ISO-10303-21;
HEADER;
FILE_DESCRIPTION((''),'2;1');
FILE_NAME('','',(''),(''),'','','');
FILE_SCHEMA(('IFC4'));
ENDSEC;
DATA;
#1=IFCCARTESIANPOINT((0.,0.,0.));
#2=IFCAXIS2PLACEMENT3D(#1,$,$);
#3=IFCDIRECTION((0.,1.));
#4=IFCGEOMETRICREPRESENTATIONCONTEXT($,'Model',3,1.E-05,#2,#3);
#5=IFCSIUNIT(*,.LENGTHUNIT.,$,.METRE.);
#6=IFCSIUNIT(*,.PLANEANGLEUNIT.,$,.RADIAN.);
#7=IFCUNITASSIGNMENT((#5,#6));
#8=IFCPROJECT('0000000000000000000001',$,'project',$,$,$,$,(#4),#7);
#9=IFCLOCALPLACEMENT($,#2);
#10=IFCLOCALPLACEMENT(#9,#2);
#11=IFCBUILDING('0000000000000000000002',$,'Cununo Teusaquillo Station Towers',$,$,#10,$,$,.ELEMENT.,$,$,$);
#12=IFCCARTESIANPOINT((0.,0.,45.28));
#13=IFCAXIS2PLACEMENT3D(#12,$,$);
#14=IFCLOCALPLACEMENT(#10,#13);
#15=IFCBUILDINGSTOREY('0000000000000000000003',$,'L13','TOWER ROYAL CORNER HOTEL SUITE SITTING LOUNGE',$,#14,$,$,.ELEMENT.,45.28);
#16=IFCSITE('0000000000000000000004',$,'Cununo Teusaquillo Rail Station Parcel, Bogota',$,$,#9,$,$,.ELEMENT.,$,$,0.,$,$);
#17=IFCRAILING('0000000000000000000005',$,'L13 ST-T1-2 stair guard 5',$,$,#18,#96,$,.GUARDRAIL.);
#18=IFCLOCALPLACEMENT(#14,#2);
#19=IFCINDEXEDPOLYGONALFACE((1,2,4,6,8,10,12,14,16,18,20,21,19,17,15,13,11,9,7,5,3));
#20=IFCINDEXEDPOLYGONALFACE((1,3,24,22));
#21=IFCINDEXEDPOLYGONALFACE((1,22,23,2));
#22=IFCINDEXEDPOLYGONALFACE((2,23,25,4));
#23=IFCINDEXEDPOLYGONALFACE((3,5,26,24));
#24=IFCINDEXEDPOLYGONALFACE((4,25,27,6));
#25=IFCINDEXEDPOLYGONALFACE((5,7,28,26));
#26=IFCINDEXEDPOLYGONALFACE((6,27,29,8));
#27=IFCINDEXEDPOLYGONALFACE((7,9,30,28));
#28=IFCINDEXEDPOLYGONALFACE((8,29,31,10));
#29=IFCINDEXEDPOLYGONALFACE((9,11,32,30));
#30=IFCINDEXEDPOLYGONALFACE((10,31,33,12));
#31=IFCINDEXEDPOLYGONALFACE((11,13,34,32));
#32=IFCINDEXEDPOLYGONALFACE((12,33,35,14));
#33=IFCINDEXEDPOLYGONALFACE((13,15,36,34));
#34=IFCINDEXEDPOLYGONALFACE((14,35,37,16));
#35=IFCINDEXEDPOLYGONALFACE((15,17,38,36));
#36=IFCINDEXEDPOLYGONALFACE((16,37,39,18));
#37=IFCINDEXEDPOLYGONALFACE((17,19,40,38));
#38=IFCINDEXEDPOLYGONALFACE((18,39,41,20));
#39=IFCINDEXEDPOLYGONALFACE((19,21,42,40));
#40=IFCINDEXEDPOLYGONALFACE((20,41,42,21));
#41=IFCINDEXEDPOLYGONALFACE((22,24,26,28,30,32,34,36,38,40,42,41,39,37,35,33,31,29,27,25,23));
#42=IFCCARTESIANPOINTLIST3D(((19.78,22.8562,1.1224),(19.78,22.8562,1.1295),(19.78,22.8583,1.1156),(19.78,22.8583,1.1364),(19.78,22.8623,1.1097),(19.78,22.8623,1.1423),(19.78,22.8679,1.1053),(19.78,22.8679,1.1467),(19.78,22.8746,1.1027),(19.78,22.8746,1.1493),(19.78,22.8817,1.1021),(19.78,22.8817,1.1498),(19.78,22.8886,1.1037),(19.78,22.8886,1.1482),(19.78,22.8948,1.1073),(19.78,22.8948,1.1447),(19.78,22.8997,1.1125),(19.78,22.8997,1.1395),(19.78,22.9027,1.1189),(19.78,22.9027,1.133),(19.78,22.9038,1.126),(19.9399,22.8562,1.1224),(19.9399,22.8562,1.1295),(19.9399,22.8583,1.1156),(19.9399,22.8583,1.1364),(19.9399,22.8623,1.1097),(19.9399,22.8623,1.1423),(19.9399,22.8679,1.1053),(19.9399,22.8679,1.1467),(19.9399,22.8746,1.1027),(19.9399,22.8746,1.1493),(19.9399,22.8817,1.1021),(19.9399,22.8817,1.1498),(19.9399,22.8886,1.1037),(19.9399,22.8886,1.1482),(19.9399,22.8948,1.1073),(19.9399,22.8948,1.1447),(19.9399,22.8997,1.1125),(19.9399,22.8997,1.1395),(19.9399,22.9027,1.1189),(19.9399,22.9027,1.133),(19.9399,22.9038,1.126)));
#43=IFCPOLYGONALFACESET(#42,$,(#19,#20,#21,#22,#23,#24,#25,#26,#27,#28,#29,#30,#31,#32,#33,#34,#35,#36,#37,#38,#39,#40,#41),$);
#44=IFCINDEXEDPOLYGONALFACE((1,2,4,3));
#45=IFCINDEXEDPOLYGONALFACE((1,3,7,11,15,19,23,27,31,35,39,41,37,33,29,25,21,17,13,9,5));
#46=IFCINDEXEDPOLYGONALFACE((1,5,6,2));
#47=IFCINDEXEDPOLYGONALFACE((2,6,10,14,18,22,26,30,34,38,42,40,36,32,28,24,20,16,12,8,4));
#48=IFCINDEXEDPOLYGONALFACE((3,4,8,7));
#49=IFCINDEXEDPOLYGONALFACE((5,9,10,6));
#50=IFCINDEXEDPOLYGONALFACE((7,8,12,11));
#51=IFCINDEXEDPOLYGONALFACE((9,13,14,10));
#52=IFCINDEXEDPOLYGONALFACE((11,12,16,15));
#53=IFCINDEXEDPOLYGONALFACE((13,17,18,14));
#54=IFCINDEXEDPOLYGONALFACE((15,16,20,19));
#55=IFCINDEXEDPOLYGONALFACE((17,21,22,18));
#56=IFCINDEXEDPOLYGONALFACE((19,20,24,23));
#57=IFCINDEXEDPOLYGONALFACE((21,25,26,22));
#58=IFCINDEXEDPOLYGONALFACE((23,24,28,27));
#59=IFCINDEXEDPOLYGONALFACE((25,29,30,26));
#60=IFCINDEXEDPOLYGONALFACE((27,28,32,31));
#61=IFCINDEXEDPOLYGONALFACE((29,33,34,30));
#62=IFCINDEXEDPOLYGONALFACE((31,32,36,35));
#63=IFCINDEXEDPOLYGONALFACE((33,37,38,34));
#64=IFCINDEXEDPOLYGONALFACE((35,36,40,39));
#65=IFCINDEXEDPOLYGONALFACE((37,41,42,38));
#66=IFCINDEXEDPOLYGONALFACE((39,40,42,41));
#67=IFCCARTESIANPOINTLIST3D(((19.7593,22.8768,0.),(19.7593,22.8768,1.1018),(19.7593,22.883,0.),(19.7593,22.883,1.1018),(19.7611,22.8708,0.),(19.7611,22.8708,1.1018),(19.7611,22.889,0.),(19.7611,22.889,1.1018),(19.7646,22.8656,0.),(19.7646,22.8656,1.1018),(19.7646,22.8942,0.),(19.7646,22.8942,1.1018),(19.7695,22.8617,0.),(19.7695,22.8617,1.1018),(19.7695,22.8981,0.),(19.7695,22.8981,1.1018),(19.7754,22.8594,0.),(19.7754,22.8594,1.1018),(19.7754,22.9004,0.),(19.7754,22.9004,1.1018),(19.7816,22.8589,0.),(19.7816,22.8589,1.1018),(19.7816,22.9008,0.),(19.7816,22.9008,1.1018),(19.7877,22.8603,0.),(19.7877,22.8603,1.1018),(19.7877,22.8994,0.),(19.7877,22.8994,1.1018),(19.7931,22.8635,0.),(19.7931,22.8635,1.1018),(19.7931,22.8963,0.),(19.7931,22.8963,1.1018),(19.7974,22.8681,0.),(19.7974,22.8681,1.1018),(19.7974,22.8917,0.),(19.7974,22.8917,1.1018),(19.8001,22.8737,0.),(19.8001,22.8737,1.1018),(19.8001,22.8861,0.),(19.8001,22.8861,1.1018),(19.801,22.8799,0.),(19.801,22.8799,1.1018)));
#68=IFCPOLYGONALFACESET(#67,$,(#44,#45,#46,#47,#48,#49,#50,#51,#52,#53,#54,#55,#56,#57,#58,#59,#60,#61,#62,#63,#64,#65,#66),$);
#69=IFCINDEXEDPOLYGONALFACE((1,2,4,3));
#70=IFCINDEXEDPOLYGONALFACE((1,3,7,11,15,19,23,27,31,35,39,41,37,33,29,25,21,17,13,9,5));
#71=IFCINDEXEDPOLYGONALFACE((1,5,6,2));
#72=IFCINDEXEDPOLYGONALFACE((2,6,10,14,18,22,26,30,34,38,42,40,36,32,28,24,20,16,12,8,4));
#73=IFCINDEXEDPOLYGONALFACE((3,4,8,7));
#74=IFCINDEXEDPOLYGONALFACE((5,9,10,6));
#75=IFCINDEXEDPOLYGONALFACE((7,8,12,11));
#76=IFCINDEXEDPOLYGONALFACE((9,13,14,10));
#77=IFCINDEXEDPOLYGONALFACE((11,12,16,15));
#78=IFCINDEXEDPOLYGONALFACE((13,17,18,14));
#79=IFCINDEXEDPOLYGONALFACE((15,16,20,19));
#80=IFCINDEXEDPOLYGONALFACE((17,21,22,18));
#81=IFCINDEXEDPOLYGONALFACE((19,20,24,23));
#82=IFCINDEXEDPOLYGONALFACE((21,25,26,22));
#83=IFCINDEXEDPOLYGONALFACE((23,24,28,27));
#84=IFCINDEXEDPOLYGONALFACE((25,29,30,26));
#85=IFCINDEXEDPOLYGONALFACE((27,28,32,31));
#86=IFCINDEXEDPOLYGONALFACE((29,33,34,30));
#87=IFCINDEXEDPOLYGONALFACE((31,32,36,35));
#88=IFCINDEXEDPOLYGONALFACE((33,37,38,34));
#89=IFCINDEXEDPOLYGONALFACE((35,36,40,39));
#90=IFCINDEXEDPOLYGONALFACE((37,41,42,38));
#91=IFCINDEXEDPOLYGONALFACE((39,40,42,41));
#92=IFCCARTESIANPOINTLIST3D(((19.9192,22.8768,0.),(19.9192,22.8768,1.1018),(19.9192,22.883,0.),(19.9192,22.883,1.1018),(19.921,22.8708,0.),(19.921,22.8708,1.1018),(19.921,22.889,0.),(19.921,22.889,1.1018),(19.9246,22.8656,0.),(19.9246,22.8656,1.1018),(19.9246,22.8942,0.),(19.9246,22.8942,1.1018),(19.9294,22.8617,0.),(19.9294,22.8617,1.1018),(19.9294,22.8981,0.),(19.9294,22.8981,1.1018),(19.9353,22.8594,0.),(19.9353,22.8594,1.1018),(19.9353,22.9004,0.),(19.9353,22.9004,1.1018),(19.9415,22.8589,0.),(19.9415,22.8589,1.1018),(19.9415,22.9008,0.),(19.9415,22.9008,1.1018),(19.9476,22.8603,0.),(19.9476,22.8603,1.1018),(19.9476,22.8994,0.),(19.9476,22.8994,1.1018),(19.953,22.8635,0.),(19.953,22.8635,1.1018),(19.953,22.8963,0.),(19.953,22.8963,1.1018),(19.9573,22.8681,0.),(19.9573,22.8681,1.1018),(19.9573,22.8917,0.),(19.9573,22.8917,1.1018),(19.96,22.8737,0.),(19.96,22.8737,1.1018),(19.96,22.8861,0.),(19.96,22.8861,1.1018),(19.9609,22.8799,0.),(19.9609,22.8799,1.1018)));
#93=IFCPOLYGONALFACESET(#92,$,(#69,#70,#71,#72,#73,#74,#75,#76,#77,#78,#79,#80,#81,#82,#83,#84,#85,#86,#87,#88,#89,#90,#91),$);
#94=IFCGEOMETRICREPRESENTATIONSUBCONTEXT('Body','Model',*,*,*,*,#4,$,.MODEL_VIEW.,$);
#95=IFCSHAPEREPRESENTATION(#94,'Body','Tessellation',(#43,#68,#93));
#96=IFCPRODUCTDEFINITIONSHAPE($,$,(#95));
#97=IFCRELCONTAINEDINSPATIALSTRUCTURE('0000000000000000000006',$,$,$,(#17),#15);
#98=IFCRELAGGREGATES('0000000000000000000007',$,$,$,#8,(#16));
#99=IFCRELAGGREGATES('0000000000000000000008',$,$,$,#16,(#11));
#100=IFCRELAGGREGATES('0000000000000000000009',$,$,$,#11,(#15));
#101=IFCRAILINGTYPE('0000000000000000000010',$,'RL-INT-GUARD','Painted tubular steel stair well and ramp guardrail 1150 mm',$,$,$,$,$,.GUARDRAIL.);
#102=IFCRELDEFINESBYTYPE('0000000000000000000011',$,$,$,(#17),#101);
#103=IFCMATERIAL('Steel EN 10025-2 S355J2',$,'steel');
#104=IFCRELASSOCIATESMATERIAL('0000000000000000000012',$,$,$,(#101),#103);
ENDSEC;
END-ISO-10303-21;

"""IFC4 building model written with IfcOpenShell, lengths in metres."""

from ifc_helpers import new_model, si_unit, direction, frame, origin, origin_2d, place, context, subcontext, project, spatial, circle, extrude, material, type_object, element, save


model = new_model("IFC4")

# Units and contexts
model_context = context("Model", 3, precision=1e-05, world=origin(), true_north=direction((0.0, 1.0)))
body_context = subcontext(model_context, "Body", "Model", "MODEL_VIEW")
ifc_project = project(units=[si_unit("LENGTHUNIT", "METRE"), si_unit("PLANEANGLEUNIT", "RADIAN")], contexts=[model_context])

# Site, building, storey
site_placement = place(None, origin())
site = spatial("IfcSite", under=ifc_project, at=site_placement, Name="Cununo Teusaquillo Rail Station Parcel, Bogota", CompositionType="ELEMENT", RefElevation=0.0)
building_placement = place(site_placement, origin())
building = spatial("IfcBuilding", under=site, at=building_placement, Name="Cununo Teusaquillo Station Towers", CompositionType="ELEMENT")
storey_placement = place(building_placement, frame((0.0, 0.0, 45.28)))
storey = spatial("IfcBuildingStorey", under=building, at=storey_placement, Name="L13", Description="TOWER ROYAL CORNER HOTEL SUITE SITTING LOUNGE", CompositionType="ELEMENT", Elevation=45.28)

# Railing
ifc_material_1 = material(Name="Steel EN 10025-2 S355J2", Category="steel")
railing_type_1 = type_object("IfcRailingType", Name="RL-INT-GUARD", Description="Painted tubular steel stair well and ramp guardrail 1150 mm", PredefinedType="GUARDRAIL", material=ifc_material_1)
railing_1_placement = place(storey_placement, frame((19.78, 22.8799, 0.0)))
element("IfcRailing", 1, at=railing_1_placement, inside=storey, type_object=railing_type_1, Name="L13 ST-T1-2 stair guard 5", PredefinedType="GUARDRAIL", context=body_context, shape_type="SweptSolid", body=[
    extrude(circle(Radius=0.0239, at=origin_2d()), frame((0.0, 0.0, 1.126), z_axis=(1.0, 0.0, 0.0), x_axis=(0.0, 1.0, 0.0)), (0.0, 0.0, 1.0), 0.1599),
    extrude(circle(Radius=0.021, at=origin_2d()), origin(), (0.0, 0.0, 1.0), 1.1018),
    extrude(circle(Radius=0.021, at=origin_2d()), frame((0.1599, 0.0, 0.0)), (0.0, 0.0, 1.0), 1.1018),
])

save(model, "model.ifc")
